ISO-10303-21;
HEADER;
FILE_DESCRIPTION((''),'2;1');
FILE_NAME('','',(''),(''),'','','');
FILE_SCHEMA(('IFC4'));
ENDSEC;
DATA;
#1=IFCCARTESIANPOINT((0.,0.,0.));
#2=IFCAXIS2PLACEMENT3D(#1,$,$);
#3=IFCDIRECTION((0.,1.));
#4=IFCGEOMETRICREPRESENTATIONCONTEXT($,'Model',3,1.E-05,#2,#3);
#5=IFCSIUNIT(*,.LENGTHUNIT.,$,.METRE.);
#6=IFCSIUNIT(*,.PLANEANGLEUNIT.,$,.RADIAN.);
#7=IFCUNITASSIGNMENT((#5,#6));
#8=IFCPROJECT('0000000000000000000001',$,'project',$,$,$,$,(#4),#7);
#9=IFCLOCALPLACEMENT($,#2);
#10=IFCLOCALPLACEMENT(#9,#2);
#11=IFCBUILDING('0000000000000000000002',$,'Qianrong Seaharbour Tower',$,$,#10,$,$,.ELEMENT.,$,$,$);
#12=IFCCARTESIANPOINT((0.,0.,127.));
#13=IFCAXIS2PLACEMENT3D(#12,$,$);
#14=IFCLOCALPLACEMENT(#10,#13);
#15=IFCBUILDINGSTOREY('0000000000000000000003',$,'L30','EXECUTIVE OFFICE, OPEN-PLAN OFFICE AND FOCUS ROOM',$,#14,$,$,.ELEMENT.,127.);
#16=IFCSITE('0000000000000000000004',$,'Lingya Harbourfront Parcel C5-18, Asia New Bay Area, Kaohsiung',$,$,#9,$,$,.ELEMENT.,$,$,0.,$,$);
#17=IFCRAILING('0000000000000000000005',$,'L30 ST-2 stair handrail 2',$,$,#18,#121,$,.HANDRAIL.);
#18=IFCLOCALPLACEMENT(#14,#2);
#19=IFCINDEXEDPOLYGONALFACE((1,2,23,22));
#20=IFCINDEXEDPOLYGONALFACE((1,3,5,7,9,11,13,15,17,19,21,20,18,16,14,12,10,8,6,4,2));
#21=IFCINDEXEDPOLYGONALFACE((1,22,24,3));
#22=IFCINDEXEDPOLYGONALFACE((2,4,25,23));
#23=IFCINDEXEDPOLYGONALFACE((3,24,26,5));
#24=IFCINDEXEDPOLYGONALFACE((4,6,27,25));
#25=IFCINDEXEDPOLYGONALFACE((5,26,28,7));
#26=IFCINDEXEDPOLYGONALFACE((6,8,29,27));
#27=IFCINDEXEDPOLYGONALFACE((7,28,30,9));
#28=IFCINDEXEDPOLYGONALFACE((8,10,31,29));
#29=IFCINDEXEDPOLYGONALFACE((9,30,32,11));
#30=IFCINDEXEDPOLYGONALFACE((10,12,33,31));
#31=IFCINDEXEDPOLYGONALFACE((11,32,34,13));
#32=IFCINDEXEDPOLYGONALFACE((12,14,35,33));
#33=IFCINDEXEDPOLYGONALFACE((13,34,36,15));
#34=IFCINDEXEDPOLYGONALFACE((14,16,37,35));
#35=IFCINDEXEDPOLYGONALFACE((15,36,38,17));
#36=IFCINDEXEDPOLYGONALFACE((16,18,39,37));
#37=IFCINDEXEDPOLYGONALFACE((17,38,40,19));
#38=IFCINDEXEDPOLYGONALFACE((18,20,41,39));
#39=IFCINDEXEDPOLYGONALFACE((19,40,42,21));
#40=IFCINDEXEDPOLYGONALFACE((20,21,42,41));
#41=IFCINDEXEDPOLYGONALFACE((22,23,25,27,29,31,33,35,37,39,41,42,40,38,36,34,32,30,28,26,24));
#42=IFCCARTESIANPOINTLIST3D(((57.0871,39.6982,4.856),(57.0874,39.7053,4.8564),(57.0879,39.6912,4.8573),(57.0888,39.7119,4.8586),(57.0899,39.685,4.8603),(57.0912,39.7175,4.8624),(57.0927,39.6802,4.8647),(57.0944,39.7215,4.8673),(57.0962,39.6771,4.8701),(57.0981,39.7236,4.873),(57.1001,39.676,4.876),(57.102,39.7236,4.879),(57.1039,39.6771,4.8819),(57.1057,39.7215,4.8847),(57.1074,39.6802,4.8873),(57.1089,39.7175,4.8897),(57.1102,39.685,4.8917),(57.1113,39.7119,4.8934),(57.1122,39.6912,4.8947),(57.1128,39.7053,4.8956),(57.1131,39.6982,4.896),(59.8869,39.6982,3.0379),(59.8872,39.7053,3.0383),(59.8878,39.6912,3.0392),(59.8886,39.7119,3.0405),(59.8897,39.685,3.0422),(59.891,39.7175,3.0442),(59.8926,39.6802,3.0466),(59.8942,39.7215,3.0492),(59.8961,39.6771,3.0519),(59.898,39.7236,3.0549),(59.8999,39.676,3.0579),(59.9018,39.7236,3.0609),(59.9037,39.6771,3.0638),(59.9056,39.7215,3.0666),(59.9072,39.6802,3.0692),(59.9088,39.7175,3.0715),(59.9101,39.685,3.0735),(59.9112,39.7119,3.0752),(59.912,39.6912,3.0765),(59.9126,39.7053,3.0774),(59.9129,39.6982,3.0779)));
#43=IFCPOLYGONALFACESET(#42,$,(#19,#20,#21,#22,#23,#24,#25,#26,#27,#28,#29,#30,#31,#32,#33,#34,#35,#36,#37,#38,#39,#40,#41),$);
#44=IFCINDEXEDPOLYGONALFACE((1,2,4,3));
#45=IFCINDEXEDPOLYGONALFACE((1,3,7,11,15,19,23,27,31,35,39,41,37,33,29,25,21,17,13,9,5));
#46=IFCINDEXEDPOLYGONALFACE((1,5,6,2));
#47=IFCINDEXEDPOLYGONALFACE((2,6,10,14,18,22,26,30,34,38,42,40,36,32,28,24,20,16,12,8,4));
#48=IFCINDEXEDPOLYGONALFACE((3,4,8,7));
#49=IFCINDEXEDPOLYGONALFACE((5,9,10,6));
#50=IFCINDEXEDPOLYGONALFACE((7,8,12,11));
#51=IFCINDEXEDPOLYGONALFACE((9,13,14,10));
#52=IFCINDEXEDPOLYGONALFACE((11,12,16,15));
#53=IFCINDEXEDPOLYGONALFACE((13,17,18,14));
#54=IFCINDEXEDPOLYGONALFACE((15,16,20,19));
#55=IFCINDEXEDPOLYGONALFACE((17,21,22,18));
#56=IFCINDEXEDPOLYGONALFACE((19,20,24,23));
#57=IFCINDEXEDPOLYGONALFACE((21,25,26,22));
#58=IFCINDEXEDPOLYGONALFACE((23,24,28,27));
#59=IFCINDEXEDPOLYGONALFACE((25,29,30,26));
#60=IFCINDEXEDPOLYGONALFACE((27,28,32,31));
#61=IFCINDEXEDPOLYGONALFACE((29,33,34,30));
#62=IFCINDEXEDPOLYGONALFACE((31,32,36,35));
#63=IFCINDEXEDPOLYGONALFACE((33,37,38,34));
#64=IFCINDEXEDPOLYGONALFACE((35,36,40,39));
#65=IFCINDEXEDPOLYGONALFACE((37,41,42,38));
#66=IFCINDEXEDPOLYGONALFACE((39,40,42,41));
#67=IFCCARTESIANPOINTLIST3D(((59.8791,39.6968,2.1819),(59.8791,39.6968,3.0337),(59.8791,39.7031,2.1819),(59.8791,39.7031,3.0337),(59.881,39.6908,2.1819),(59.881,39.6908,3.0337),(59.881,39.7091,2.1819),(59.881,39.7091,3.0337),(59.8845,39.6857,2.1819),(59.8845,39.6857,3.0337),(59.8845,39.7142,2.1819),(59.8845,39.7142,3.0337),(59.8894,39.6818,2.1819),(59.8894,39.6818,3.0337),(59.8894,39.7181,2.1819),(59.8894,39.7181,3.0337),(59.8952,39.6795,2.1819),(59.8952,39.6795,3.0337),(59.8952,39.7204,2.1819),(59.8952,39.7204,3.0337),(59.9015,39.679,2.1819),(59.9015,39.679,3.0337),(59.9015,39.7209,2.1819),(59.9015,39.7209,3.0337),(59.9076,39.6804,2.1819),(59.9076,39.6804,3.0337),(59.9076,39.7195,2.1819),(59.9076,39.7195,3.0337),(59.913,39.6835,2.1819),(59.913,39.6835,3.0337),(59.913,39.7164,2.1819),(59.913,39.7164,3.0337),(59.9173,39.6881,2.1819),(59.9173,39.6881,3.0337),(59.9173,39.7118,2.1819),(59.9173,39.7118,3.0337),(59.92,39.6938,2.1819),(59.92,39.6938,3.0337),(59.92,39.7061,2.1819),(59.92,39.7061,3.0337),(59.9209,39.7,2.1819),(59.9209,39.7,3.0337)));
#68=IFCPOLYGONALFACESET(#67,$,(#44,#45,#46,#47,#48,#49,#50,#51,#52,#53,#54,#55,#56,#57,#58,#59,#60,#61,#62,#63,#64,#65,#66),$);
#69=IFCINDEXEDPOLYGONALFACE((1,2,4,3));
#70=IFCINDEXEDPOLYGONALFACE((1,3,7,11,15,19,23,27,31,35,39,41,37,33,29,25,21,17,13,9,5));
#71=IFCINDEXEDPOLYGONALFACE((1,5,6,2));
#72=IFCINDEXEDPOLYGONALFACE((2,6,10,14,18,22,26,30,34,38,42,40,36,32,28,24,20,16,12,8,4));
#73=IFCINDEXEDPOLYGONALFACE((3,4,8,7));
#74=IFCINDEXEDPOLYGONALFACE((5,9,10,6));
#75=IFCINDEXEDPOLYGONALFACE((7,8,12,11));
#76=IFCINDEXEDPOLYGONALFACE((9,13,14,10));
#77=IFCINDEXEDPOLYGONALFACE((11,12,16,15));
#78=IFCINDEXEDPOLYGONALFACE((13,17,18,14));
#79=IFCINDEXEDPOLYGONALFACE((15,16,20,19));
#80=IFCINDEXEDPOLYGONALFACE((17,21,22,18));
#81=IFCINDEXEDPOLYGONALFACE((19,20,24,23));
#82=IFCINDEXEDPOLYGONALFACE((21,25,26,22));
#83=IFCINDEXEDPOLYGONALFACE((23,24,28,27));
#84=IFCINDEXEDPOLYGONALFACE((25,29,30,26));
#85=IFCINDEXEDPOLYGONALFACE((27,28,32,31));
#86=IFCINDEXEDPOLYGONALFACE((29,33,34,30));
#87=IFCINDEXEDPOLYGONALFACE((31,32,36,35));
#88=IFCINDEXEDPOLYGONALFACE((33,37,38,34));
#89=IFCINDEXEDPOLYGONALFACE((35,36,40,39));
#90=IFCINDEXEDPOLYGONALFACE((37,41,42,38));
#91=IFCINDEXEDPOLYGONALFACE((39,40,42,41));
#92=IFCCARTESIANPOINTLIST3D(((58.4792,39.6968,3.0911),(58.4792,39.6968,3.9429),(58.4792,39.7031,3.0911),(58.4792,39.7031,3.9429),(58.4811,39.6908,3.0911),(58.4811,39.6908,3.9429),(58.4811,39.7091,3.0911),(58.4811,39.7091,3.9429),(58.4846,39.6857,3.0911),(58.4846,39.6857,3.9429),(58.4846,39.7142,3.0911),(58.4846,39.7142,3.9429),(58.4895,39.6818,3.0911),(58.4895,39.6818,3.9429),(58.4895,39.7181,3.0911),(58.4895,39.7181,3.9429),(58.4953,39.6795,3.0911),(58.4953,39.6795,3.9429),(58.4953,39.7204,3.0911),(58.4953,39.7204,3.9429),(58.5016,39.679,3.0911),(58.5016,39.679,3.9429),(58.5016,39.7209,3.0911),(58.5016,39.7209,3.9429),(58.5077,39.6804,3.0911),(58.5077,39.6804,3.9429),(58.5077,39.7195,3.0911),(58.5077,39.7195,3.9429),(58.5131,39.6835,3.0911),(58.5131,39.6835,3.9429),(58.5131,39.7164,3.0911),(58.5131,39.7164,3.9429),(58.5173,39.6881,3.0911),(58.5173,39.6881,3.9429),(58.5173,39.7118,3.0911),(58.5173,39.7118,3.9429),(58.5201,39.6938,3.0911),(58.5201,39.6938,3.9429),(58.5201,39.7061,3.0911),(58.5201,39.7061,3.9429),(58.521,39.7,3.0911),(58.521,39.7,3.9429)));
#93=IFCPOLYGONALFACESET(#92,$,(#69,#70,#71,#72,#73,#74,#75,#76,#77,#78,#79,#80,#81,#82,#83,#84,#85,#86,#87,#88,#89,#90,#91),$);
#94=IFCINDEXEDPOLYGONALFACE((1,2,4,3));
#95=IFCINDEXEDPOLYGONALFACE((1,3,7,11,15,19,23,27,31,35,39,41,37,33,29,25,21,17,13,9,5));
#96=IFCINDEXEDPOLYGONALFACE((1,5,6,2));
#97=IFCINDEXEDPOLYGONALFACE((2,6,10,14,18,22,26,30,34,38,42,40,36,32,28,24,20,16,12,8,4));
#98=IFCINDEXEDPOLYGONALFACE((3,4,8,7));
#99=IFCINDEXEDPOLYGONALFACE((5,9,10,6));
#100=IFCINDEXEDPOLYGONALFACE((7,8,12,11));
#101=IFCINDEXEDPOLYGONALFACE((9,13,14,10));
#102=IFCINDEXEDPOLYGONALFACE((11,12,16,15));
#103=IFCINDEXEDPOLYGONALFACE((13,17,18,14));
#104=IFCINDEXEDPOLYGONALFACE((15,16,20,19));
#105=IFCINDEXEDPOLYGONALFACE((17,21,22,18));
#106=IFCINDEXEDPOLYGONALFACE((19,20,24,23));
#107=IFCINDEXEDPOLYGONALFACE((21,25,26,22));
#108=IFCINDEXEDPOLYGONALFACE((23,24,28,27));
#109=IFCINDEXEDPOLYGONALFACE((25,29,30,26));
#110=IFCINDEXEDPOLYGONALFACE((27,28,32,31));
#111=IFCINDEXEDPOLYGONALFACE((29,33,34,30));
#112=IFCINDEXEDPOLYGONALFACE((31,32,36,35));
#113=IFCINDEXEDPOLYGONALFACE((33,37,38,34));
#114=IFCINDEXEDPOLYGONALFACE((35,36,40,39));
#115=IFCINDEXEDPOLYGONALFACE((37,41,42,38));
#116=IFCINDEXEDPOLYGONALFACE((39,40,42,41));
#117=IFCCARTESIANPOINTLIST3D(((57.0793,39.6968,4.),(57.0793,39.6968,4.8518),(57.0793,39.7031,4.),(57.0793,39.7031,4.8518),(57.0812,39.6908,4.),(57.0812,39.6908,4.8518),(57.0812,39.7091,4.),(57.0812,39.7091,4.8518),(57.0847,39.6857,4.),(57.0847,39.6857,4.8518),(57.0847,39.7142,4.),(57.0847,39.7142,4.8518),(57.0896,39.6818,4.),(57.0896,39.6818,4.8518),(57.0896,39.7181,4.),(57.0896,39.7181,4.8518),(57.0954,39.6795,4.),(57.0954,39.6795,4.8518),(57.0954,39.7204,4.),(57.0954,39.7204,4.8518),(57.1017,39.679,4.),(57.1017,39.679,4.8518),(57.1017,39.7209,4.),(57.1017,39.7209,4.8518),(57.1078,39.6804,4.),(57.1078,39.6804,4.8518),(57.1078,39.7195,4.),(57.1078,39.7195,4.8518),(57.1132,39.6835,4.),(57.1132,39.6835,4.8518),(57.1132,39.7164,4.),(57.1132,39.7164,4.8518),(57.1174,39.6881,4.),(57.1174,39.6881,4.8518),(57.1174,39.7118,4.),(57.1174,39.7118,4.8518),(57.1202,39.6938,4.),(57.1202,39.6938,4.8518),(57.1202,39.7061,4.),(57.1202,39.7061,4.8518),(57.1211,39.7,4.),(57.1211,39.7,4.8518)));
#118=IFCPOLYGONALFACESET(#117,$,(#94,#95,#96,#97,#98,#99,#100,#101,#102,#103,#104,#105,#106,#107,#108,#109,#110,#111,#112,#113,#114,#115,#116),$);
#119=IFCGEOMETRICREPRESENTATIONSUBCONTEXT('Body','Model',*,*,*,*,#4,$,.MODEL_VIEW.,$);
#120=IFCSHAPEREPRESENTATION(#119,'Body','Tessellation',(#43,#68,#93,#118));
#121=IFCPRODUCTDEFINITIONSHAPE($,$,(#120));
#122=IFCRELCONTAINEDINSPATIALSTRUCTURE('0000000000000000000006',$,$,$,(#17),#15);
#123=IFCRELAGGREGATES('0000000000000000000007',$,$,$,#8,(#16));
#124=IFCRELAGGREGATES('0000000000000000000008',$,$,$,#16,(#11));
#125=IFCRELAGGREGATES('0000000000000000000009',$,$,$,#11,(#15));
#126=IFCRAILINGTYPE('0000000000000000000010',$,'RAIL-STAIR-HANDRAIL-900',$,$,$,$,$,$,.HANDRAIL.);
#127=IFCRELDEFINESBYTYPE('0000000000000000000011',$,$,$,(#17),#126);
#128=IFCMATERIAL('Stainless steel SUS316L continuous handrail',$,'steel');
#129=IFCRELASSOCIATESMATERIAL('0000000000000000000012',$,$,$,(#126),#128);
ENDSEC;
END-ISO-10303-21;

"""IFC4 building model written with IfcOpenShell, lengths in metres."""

from ifc_helpers import new_model, si_unit, direction, frame, origin, origin_2d, place, context, subcontext, project, spatial, circle, extrude, material, type_object, element, save


model = new_model("IFC4")

# Units and contexts
model_context = context("Model", 3, precision=1e-05, world=origin(), true_north=direction((0.0, 1.0)))
body_context = subcontext(model_context, "Body", "Model", "MODEL_VIEW")
ifc_project = project(units=[si_unit("LENGTHUNIT", "METRE"), si_unit("PLANEANGLEUNIT", "RADIAN")], contexts=[model_context])

# Site, building, storey
site_placement = place(None, origin())
site = spatial("IfcSite", under=ifc_project, at=site_placement, Name="Lingya Harbourfront Parcel C5-18, Asia New Bay Area, Kaohsiung", CompositionType="ELEMENT", RefElevation=0.0)
building_placement = place(site_placement, origin())
building = spatial("IfcBuilding", under=site, at=building_placement, Name="Qianrong Seaharbour Tower", CompositionType="ELEMENT")
storey_placement = place(building_placement, frame((0.0, 0.0, 127.0)))
storey = spatial("IfcBuildingStorey", under=building, at=storey_placement, Name="L30", Description="EXECUTIVE OFFICE, OPEN-PLAN OFFICE AND FOCUS ROOM", CompositionType="ELEMENT", Elevation=127.0)

# Railing
ifc_material_1 = material(Name="Stainless steel SUS316L continuous handrail", Category="steel")
railing_type_1 = type_object("IfcRailingType", Name="RAIL-STAIR-HANDRAIL-900", PredefinedType="HANDRAIL", material=ifc_material_1)
railing_1_placement = place(storey_placement, frame((59.8999, 39.7, 2.1819)))
element("IfcRailing", 1, at=railing_1_placement, inside=storey, type_object=railing_type_1, Name="L30 ST-2 stair handrail 2", PredefinedType="HANDRAIL", context=body_context, shape_type="SweptSolid", body=[
    extrude(circle(Radius=0.0239, at=origin_2d()), frame((0.0, 0.0, 0.876), z_axis=(-0.838684, 0.0, 0.544618), x_axis=(0.0, -1.0, 0.0)), (0.0, 0.0, 1.0), 3.3384),
    extrude(circle(Radius=0.021, at=origin_2d()), origin(), (0.0, 0.0, 1.0), 0.8518),
    extrude(circle(Radius=0.021, at=origin_2d()), frame((-1.3999, 0.0, 0.9092)), (0.0, 0.0, 1.0), 0.8518),
    extrude(circle(Radius=0.021, at=origin_2d()), frame((-2.7998, 0.0, 1.8181)), (0.0, 0.0, 1.0), 0.8518),
])

save(model, "model.ifc")
